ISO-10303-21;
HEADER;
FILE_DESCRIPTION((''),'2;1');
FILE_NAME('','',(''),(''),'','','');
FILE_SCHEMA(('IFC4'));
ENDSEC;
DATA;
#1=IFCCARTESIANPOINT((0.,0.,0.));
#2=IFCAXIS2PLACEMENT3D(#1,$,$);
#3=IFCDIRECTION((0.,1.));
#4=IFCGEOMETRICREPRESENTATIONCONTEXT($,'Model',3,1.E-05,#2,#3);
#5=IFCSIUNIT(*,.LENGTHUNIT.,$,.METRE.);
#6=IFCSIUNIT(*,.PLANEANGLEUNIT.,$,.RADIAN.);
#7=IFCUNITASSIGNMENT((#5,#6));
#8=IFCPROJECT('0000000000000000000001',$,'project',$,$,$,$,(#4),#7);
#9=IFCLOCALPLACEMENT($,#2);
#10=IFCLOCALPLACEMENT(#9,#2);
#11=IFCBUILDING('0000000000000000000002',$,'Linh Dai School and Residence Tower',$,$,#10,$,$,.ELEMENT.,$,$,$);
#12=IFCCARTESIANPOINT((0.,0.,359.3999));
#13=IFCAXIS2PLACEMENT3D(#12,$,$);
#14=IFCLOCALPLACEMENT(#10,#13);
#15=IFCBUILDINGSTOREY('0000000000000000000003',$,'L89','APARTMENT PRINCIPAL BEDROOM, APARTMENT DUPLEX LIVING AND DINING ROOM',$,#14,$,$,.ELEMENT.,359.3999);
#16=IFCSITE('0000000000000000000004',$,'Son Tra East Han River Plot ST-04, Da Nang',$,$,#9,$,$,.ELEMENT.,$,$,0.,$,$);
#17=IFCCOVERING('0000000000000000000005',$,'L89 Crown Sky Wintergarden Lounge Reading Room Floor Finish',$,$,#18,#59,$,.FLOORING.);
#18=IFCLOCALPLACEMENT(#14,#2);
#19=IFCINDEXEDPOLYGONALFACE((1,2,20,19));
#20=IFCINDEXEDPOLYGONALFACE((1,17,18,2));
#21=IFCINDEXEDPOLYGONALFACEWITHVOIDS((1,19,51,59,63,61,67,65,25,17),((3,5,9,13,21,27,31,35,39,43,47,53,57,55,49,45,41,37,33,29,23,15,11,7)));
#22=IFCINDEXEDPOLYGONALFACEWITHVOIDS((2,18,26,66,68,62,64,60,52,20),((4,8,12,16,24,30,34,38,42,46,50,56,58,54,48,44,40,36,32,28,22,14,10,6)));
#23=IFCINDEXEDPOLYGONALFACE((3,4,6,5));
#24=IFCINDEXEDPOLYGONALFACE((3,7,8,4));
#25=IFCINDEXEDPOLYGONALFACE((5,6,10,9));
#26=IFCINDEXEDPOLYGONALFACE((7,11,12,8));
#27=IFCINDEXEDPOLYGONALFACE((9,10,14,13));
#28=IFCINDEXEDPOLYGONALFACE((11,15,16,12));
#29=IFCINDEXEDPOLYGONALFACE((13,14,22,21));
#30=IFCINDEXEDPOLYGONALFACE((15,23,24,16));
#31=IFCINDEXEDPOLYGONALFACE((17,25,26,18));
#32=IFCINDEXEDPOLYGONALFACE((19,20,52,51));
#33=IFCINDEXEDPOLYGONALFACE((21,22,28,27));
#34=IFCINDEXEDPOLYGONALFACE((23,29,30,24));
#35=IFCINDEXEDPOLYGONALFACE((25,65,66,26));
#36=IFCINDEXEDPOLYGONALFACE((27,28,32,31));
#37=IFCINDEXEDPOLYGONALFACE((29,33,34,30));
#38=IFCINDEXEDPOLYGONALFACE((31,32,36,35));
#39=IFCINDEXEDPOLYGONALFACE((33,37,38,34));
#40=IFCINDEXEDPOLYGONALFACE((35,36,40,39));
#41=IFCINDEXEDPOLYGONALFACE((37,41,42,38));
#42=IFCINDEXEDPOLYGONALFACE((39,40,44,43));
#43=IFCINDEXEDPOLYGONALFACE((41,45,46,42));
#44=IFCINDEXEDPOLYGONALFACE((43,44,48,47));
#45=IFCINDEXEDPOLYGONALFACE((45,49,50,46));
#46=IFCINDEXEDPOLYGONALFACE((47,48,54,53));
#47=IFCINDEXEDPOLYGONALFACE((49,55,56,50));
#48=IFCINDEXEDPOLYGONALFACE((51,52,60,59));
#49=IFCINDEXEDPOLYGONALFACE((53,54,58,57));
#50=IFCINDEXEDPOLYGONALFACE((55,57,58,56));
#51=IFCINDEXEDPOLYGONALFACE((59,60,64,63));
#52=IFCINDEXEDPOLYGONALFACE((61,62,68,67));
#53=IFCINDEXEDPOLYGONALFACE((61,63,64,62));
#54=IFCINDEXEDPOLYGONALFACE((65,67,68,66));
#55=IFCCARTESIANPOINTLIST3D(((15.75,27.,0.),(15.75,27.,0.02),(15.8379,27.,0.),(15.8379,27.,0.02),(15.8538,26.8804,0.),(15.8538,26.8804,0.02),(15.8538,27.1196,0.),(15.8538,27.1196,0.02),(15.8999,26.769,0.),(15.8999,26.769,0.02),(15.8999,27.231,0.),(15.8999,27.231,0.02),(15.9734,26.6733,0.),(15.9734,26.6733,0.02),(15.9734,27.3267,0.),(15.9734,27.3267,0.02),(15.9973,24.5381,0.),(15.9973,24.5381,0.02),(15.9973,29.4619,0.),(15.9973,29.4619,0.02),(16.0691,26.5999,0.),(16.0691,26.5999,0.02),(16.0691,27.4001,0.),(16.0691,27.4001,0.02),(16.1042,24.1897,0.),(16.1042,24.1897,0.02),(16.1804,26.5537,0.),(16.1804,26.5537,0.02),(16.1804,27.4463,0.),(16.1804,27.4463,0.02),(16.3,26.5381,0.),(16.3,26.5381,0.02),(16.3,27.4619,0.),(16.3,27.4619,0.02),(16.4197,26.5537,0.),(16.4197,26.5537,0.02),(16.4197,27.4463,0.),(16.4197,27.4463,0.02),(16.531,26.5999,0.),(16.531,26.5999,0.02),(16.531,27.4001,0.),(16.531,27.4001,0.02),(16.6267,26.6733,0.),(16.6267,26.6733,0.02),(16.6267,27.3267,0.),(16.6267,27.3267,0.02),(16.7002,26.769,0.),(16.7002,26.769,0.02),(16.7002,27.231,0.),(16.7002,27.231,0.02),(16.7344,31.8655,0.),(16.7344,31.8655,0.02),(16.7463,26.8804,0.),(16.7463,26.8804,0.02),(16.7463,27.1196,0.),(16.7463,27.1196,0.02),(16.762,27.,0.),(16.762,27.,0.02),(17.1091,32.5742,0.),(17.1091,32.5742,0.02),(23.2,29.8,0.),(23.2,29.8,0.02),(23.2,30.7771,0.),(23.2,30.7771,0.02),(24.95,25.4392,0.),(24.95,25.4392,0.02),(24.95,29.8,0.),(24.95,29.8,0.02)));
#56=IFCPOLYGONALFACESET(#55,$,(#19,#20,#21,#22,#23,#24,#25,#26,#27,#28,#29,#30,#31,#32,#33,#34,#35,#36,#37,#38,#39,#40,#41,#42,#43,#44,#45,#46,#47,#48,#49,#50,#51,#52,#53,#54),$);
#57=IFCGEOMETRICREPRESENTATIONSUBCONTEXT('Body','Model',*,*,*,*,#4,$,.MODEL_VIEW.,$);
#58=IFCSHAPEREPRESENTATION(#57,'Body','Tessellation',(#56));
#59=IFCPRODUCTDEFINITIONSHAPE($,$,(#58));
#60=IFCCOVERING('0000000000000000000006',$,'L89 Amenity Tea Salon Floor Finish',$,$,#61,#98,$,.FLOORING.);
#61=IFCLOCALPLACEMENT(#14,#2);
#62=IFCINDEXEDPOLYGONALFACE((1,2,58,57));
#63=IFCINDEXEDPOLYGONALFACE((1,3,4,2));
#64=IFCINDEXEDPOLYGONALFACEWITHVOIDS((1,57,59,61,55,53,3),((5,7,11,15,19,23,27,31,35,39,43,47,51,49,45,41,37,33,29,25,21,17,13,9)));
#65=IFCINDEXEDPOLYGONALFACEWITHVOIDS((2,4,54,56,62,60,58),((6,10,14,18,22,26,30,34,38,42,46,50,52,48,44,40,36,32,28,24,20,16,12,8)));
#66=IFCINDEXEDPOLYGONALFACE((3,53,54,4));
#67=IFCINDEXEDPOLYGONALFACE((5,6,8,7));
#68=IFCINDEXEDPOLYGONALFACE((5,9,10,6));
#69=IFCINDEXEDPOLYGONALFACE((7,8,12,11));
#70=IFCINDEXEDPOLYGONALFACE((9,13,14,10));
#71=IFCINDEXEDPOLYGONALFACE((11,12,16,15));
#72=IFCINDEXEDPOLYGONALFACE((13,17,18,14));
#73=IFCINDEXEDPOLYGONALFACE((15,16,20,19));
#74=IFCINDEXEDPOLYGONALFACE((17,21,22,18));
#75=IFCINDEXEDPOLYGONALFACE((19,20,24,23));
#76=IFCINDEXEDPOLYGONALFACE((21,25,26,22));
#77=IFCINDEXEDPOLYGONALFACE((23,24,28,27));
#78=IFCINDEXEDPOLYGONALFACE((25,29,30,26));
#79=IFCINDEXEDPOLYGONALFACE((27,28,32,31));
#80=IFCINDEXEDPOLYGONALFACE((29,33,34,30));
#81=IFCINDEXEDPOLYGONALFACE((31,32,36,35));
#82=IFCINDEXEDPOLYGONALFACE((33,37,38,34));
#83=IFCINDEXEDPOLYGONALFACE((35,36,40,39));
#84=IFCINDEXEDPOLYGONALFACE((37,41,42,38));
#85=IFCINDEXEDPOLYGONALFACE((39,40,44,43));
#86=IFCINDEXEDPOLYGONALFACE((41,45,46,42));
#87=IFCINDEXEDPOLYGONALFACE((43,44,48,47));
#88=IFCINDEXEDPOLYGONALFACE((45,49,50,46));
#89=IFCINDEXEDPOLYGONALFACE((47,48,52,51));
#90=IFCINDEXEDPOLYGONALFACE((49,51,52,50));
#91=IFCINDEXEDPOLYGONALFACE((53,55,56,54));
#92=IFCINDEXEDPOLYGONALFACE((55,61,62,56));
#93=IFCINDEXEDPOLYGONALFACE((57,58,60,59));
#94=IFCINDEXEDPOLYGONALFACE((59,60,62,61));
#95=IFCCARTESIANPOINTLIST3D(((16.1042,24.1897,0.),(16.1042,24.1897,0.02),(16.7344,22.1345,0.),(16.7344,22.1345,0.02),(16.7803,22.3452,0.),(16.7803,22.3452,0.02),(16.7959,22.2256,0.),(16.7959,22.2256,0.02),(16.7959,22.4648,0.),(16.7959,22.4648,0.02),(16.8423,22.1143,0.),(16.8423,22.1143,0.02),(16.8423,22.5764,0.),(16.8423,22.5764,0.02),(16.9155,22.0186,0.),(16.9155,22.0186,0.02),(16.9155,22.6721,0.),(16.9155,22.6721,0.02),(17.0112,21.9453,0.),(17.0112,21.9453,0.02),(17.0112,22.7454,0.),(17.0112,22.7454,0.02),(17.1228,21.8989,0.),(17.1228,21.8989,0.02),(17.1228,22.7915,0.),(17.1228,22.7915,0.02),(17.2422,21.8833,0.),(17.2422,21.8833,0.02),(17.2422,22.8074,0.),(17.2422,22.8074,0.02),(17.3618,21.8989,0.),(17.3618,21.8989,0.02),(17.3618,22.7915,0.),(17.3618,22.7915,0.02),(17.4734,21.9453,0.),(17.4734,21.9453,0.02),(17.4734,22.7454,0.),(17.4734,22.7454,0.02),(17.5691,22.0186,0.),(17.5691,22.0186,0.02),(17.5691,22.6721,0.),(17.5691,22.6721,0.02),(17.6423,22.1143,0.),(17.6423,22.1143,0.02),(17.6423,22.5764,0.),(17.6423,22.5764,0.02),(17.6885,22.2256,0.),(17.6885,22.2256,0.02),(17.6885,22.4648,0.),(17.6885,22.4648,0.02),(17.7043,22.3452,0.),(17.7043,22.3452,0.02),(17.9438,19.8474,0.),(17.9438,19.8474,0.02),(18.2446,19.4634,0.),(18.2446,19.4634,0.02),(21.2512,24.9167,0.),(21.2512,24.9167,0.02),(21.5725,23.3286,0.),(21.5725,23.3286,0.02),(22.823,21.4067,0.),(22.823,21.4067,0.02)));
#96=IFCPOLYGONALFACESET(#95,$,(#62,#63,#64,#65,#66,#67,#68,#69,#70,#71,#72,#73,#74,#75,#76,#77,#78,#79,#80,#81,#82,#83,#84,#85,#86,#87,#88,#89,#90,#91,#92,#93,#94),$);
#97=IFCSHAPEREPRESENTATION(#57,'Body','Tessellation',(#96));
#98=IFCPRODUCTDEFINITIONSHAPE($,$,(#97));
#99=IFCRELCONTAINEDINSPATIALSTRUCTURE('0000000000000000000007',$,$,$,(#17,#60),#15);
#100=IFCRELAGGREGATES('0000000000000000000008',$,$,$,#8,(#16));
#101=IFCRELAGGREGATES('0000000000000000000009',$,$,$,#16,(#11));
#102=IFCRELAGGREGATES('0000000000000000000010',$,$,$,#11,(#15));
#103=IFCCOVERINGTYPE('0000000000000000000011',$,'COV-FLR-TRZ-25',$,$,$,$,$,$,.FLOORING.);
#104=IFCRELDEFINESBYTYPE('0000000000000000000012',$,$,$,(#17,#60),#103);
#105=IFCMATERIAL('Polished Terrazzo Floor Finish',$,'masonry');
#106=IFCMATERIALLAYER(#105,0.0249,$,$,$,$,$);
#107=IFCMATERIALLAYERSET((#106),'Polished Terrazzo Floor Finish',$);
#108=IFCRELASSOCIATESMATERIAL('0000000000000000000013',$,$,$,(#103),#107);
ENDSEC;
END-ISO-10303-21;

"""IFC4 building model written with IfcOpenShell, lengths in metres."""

from ifc_helpers import new_model, si_unit, direction, frame, origin, place, context, subcontext, project, spatial, polyline, outline, extrude, material, layer, layer_set, type_object, element, save


model = new_model("IFC4")

# Units and contexts
model_context = context("Model", 3, precision=1e-05, world=origin(), true_north=direction((0.0, 1.0)))
body_context = subcontext(model_context, "Body", "Model", "MODEL_VIEW")
ifc_project = project(units=[si_unit("LENGTHUNIT", "METRE"), si_unit("PLANEANGLEUNIT", "RADIAN")], contexts=[model_context])

# Site, building, storey
site_placement = place(None, origin())
site = spatial("IfcSite", under=ifc_project, at=site_placement, Name="Son Tra East Han River Plot ST-04, Da Nang", CompositionType="ELEMENT", RefElevation=0.0)
building_placement = place(site_placement, origin())
building = spatial("IfcBuilding", under=site, at=building_placement, Name="Linh Dai School and Residence Tower", CompositionType="ELEMENT")
storey_placement = place(building_placement, frame((0.0, 0.0, 359.3999)))
storey = spatial("IfcBuildingStorey", under=building, at=storey_placement, Name="L89", Description="APARTMENT PRINCIPAL BEDROOM, APARTMENT DUPLEX LIVING AND DINING ROOM", CompositionType="ELEMENT", Elevation=359.3999)

# Coverings
ifc_material_1 = material(Name="Polished Terrazzo Floor Finish", Category="masonry")
ifc_layer_1 = layer(ifc_material_1, 0.0249)
ifc_layer_set_1 = layer_set([ifc_layer_1], Name="Polished Terrazzo Floor Finish")
covering_type_1 = type_object("IfcCoveringType", Name="COV-FLR-TRZ-25", PredefinedType="FLOORING", material=ifc_layer_set_1)
covering_1_placement = place(storey_placement, origin())
element("IfcCovering", 1, at=covering_1_placement, inside=storey, type_object=covering_type_1, Name="L89 Crown Sky Wintergarden Lounge Reading Room Floor Finish", PredefinedType="FLOORING", context=body_context, shape_type="SweptSolid", body=[
    extrude(outline(polyline([(15.75, 27.0), (15.9973, 29.4619), (16.7344, 31.8655), (17.1091, 32.5742), (23.2, 30.7771), (23.2, 29.8), (24.95, 29.8), (24.95, 25.4392), (16.1042, 24.1897), (15.9973, 24.5381), (15.75, 27.0)]), holes=[polyline([(16.7463, 27.1196), (16.7002, 27.231), (16.6267, 27.3267), (16.531, 27.4001), (16.4197, 27.4463), (16.3, 27.4619), (16.1804, 27.4463), (16.0691, 27.4001), (15.9734, 27.3267), (15.8999, 27.231), (15.8538, 27.1196), (15.8379, 27.0), (15.8538, 26.8804), (15.8999, 26.769), (15.9734, 26.6733), (16.0691, 26.5999), (16.1804, 26.5537), (16.3, 26.5381), (16.4197, 26.5537), (16.531, 26.5999), (16.6267, 26.6733), (16.7002, 26.769), (16.7463, 26.8804), (16.762, 27.0), (16.7463, 27.1196)])]), origin(), (0.0, 0.0, 1.0), 0.02),
])
covering_2_placement = place(storey_placement, origin())
element("IfcCovering", 2, at=covering_2_placement, inside=storey, type_object=covering_type_1, Name="L89 Amenity Tea Salon Floor Finish", PredefinedType="FLOORING", context=body_context, shape_type="SweptSolid", body=[
    extrude(outline(polyline([(16.1042, 24.1897), (21.2512, 24.9167), (21.5725, 23.3286), (22.823, 21.4067), (18.2446, 19.4634), (17.9438, 19.8474), (16.7344, 22.1345), (16.1042, 24.1897)]), holes=[polyline([(17.6885, 22.4648), (17.6423, 22.5764), (17.5691, 22.6721), (17.4734, 22.7454), (17.3618, 22.7915), (17.2422, 22.8074), (17.1228, 22.7915), (17.0112, 22.7454), (16.9155, 22.6721), (16.8423, 22.5764), (16.7959, 22.4648), (16.7803, 22.3452), (16.7959, 22.2256), (16.8423, 22.1143), (16.9155, 22.0186), (17.0112, 21.9453), (17.1228, 21.8989), (17.2422, 21.8833), (17.3618, 21.8989), (17.4734, 21.9453), (17.5691, 22.0186), (17.6423, 22.1143), (17.6885, 22.2256), (17.7043, 22.3452), (17.6885, 22.4648)])]), origin(), (0.0, 0.0, 1.0), 0.02),
])

save(model, "model.ifc")
